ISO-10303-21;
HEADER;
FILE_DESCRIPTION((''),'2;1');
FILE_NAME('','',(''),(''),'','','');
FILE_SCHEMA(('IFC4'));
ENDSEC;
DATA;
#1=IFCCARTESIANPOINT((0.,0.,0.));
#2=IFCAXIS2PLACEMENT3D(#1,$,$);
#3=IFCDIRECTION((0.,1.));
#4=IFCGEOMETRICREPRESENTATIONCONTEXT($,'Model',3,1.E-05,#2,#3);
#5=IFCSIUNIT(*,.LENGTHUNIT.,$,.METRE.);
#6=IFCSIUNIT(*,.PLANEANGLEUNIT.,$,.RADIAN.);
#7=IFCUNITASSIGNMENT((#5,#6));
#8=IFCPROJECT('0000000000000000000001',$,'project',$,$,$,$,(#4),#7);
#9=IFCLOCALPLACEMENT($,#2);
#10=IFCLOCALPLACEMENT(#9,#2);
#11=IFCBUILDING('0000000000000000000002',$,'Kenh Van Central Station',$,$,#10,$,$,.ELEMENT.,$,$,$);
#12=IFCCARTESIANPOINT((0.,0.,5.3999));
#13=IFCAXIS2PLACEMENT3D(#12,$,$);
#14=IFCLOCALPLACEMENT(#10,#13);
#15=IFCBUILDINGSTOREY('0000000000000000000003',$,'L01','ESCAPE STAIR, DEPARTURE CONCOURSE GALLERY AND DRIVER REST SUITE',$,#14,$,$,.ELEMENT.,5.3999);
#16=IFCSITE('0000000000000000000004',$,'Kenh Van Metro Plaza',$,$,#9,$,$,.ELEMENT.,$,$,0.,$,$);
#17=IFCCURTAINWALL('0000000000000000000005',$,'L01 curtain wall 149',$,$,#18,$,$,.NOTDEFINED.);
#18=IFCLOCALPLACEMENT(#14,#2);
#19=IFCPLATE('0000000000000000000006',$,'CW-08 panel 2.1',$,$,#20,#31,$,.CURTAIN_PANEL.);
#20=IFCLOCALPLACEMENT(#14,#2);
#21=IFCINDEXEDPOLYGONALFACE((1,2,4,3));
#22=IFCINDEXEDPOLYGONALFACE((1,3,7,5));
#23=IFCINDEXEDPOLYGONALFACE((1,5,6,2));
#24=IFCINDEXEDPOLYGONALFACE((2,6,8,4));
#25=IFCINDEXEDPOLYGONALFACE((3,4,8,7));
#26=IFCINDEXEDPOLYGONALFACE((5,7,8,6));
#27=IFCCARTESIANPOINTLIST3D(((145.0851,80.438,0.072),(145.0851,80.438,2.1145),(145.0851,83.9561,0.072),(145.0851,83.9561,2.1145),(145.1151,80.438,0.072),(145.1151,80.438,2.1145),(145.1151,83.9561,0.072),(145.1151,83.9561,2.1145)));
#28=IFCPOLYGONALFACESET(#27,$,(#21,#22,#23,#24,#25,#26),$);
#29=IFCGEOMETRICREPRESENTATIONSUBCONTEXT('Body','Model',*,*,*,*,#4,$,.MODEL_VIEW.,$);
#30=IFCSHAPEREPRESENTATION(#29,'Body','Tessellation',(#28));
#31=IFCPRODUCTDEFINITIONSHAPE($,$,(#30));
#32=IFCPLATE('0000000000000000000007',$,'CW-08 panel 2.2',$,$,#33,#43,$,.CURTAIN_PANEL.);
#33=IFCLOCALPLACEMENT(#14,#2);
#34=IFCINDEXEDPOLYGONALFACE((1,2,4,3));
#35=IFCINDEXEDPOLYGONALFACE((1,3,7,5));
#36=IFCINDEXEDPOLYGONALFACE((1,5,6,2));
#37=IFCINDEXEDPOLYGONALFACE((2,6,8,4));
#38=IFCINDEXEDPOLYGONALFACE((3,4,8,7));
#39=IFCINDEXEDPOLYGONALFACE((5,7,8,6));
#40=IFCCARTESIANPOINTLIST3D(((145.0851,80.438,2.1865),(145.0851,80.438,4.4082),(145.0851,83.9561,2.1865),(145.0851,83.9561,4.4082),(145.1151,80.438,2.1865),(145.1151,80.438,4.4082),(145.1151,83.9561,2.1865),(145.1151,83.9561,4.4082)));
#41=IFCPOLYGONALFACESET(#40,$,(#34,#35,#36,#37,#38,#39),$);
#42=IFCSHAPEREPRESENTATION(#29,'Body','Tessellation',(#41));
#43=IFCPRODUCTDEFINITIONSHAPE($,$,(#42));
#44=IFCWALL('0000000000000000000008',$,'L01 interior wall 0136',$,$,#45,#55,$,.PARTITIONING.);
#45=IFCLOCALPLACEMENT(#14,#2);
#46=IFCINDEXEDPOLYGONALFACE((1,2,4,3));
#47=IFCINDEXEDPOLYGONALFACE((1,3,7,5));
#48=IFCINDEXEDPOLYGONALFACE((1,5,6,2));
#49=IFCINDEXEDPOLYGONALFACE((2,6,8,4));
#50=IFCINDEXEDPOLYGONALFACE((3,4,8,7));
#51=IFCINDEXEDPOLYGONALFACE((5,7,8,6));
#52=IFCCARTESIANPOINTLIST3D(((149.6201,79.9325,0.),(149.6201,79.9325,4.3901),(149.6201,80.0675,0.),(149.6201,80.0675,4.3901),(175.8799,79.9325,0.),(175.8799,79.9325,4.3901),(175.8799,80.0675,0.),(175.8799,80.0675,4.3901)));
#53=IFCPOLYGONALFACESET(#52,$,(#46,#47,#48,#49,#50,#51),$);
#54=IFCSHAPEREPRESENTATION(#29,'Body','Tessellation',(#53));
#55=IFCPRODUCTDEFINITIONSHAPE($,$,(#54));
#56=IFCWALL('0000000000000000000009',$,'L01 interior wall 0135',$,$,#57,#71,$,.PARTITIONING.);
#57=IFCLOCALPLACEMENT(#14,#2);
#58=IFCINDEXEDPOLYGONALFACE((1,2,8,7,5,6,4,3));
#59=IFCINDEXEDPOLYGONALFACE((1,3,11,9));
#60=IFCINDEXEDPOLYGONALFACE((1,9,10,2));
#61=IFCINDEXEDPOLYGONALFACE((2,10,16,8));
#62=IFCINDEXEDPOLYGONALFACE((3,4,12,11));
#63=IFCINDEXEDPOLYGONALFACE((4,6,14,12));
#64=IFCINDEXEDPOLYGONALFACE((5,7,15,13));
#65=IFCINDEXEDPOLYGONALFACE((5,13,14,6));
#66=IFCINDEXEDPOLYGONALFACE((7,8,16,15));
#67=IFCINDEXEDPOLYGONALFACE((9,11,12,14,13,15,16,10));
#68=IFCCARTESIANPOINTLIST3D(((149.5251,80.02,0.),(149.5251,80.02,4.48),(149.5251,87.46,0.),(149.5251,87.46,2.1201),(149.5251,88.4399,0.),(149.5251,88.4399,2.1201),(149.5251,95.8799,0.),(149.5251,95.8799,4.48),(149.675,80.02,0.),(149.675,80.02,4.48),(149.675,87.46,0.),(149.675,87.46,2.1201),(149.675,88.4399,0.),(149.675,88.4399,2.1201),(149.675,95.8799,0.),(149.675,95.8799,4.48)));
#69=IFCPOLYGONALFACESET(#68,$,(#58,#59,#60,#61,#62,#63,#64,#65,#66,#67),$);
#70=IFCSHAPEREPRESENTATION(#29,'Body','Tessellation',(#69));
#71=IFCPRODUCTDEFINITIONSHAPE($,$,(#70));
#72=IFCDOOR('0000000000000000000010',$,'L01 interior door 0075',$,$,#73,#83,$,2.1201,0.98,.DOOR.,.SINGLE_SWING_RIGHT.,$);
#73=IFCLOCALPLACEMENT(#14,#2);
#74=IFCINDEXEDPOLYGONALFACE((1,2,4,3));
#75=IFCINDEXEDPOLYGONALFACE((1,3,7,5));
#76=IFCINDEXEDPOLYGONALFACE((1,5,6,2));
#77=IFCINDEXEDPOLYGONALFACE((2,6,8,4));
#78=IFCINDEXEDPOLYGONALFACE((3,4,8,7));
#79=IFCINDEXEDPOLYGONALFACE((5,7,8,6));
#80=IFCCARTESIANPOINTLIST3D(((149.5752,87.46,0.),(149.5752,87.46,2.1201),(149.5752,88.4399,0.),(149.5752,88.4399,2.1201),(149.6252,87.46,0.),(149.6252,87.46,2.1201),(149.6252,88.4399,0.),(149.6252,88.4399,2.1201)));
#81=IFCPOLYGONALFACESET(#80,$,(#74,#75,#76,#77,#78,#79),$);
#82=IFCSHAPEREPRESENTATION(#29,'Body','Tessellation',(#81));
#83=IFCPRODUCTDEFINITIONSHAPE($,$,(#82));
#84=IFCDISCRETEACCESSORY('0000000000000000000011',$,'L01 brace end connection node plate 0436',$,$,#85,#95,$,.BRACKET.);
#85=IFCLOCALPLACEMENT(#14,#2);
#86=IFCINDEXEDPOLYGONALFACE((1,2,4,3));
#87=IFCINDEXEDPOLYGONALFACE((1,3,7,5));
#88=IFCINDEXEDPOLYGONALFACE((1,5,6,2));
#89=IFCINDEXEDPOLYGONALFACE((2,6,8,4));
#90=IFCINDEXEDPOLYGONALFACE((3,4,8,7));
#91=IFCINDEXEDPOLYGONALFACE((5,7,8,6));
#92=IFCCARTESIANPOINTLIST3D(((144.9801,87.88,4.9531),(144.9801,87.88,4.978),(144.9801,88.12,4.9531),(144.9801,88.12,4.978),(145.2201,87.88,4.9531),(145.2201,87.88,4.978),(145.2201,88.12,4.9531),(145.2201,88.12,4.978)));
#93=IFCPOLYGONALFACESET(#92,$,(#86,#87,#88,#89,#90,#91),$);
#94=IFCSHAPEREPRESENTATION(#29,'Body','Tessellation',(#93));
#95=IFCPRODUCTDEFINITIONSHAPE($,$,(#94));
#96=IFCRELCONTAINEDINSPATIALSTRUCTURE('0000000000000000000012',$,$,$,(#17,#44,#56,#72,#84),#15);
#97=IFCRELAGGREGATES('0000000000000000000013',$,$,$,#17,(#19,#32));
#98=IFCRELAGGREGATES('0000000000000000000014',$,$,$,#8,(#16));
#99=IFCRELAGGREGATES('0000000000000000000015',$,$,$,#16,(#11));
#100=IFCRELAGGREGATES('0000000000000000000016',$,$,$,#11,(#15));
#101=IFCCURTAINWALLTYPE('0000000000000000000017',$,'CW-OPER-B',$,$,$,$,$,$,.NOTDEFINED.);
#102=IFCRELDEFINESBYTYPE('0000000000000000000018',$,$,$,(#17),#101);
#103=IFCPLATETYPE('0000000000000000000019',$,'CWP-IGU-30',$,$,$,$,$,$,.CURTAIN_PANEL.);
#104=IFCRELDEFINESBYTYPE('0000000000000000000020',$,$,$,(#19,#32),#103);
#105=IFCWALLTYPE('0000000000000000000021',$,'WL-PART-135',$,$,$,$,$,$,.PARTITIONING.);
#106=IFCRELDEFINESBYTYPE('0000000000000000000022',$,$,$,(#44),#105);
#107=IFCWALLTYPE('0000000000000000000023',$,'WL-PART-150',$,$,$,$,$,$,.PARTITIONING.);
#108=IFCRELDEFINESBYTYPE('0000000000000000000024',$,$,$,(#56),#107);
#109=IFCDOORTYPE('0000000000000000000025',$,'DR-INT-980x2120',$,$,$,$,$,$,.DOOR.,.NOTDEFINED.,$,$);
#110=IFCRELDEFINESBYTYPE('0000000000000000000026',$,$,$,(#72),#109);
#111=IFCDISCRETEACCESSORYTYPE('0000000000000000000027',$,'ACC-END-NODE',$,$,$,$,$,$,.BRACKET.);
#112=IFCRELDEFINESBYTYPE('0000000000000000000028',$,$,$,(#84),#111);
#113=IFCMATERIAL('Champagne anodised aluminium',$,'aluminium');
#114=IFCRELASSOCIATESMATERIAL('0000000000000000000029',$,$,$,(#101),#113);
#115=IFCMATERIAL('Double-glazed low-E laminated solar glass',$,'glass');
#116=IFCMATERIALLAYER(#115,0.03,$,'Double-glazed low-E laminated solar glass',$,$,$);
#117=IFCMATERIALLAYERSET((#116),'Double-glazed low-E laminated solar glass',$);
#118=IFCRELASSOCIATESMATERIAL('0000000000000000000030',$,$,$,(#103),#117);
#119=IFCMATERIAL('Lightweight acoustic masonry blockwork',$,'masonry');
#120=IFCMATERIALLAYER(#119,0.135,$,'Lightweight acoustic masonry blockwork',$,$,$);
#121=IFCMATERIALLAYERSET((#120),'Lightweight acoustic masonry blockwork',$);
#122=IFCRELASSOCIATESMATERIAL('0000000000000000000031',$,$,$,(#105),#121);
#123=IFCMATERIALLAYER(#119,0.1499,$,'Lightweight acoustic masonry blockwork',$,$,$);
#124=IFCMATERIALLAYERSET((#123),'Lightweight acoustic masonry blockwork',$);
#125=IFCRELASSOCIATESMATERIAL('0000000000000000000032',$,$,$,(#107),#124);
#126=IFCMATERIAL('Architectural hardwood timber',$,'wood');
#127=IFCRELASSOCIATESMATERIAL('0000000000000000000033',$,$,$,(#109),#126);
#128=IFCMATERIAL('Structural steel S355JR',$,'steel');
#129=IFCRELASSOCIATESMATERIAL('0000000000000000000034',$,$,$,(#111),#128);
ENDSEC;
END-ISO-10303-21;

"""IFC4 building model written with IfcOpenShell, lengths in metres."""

from ifc_helpers import new_model, si_unit, direction, frame, frame_2d, origin, origin_2d, place, context, subcontext, project, spatial, rectangle, extrude, material, layer, layer_set, type_object, element, fill, aggregate, save


model = new_model("IFC4")

# Units and contexts
model_context = context("Model", 3, precision=1e-05, world=origin(), true_north=direction((0.0, 1.0)))
body_context = subcontext(model_context, "Body", "Model", "MODEL_VIEW")
ifc_project = project(units=[si_unit("LENGTHUNIT", "METRE"), si_unit("PLANEANGLEUNIT", "RADIAN")], contexts=[model_context])

# Site, building, storey
site_placement = place(None, origin())
site = spatial("IfcSite", under=ifc_project, at=site_placement, Name="Kenh Van Metro Plaza", CompositionType="ELEMENT", RefElevation=0.0)
building_placement = place(site_placement, origin())
building = spatial("IfcBuilding", under=site, at=building_placement, Name="Kenh Van Central Station", CompositionType="ELEMENT")
storey_placement = place(building_placement, frame((0.0, 0.0, 5.3999)))
storey = spatial("IfcBuildingStorey", under=building, at=storey_placement, Name="L01", Description="ESCAPE STAIR, DEPARTURE CONCOURSE GALLERY AND DRIVER REST SUITE", CompositionType="ELEMENT", Elevation=5.3999)

# Shared definitions
ifc_material_1 = material(Name="Champagne anodised aluminium", Category="aluminium")
curtain_wall_type = type_object("IfcCurtainWallType", Name="CW-OPER-B", PredefinedType="NOTDEFINED", material=ifc_material_1)

# Curtain wall
curtain_wall_1_placement = place(storey_placement, origin())
curtain_wall_1 = element("IfcCurtainWall", 1, at=curtain_wall_1_placement, inside=storey, type_object=curtain_wall_type, Name="L01 curtain wall 149", PredefinedType="NOTDEFINED")

# Plates
ifc_material_2 = material(Name="Double-glazed low-E laminated solar glass", Category="glass")
ifc_layer_1 = layer(ifc_material_2, 0.03, Name="Double-glazed low-E laminated solar glass")
ifc_layer_set_1 = layer_set([ifc_layer_1], Name="Double-glazed low-E laminated solar glass")
plate_type = type_object("IfcPlateType", Name="CWP-IGU-30", PredefinedType="CURTAIN_PANEL", material=ifc_layer_set_1)
plate_1_placement = place(storey_placement, frame((145.1001, 82.197, 0.072), z_axis=(0.0, 0.0, 1.0), x_axis=(0.0, -1.0, 0.0)))
plate_1 = element("IfcPlate", 2, at=plate_1_placement, type_object=plate_type, Name="CW-08 panel 2.1", PredefinedType="CURTAIN_PANEL", context=body_context, shape_type="SweptSolid", body=[
    extrude(rectangle(XDim=3.5181, YDim=0.03, at=origin_2d()), origin(), (0.0, 0.0, 1.0), 2.0425),
])
plate_2_placement = place(storey_placement, frame((145.1001, 82.197, 2.1865), z_axis=(0.0, 0.0, 1.0), x_axis=(0.0, -1.0, 0.0)))
plate_2 = element("IfcPlate", 3, at=plate_2_placement, type_object=plate_type, Name="CW-08 panel 2.2", PredefinedType="CURTAIN_PANEL", context=body_context, shape_type="SweptSolid", body=[
    extrude(rectangle(XDim=3.5181, YDim=0.03, at=origin_2d()), origin(), (0.0, 0.0, 1.0), 2.2217),
])
aggregate(curtain_wall_1, [plate_1, plate_2])

# Wall
ifc_material_3 = material(Name="Lightweight acoustic masonry blockwork", Category="masonry")
ifc_layer_2 = layer(ifc_material_3, 0.135, Name="Lightweight acoustic masonry blockwork")
ifc_layer_set_2 = layer_set([ifc_layer_2], Name="Lightweight acoustic masonry blockwork")
wall_type_1 = type_object("IfcWallType", Name="WL-PART-135", PredefinedType="PARTITIONING", material=ifc_layer_set_2)
wall_1_placement = place(storey_placement, frame((149.6201, 80.0, 0.0), z_axis=(0.0, 0.0, 1.0), x_axis=(1.0, 0.0, 0.0)))
element("IfcWall", 4, at=wall_1_placement, inside=storey, type_object=wall_type_1, Name="L01 interior wall 0136", PredefinedType="PARTITIONING", context=body_context, shape_type="SweptSolid", body=[
    extrude(rectangle(XDim=26.2598, YDim=0.135, at=frame_2d((13.1299, 0.0))), origin(), (0.0, 0.0, 1.0), 4.3901),
])

# Wall, opening, door
ifc_layer_3 = layer(ifc_material_3, 0.1499, Name="Lightweight acoustic masonry blockwork")
ifc_layer_set_3 = layer_set([ifc_layer_3], Name="Lightweight acoustic masonry blockwork")
wall_type_2 = type_object("IfcWallType", Name="WL-PART-150", PredefinedType="PARTITIONING", material=ifc_layer_set_3)
wall_2_placement = place(storey_placement, frame((149.6001, 80.02, 0.0), z_axis=(0.0, 0.0, 1.0), x_axis=(0.0, 1.0, 0.0)))
wall_2 = element("IfcWall", 5, at=wall_2_placement, inside=storey, type_object=wall_type_2, Name="L01 interior wall 0135", PredefinedType="PARTITIONING", context=body_context, shape_type="SweptSolid", body=[
    extrude(rectangle(XDim=15.8599, YDim=0.1499, at=frame_2d((7.9299, 0.0))), origin(), (0.0, 0.0, 1.0), 4.48),
])
opening_placement = place(wall_2_placement, frame((7.4399, 0.0, 0.0)))
opening = element("IfcOpeningElement", 6, at=opening_placement, cuts=wall_2, PredefinedType="OPENING", context=body_context, shape_type="SweptSolid", body=[
    extrude(rectangle(XDim=0.98, YDim=2.1201, at=frame_2d((0.49, 1.0601))), frame((0.0, 0.085, 0.0), z_axis=(0.0, -1.0, 0.0), x_axis=(1.0, 0.0, 0.0)), (0.0, 0.0, 1.0), 0.1699),
])
ifc_material_4 = material(Name="Architectural hardwood timber", Category="wood")
door_type = type_object("IfcDoorType", Name="DR-INT-980x2120", OperationType="NOTDEFINED", PredefinedType="DOOR", material=ifc_material_4)
door_placement = place(opening_placement, origin())
door = element("IfcDoor", 7, at=door_placement, inside=storey, type_object=door_type, Name="L01 interior door 0075", OperationType="SINGLE_SWING_RIGHT", OverallHeight=2.1201, OverallWidth=0.98, PredefinedType="DOOR", context=body_context, shape_type="SweptSolid", body=[
    extrude(rectangle(XDim=0.98, YDim=2.1201, at=frame_2d((0.49, 1.0601))), frame((0.0, 0.0249, 0.0), z_axis=(0.0, -1.0, 0.0), x_axis=(1.0, 0.0, 0.0)), (0.0, 0.0, 1.0), 0.05),
])
fill(opening, door)

# Discrete accessory
ifc_material_5 = material(Name="Structural steel S355JR", Category="steel")
discrete_accessory_type = type_object("IfcDiscreteAccessoryType", Name="ACC-END-NODE", PredefinedType="BRACKET", material=ifc_material_5)
discrete_accessory_placement = place(storey_placement, frame((145.1001, 88.0, 4.9531), z_axis=(0.0, 0.0, 1.0), x_axis=(1.0, 0.0, 0.0)))
element("IfcDiscreteAccessory", 8, at=discrete_accessory_placement, inside=storey, type_object=discrete_accessory_type, Name="L01 brace end connection node plate 0436", PredefinedType="BRACKET", context=body_context, shape_type="SweptSolid", body=[
    extrude(rectangle(XDim=0.24, YDim=0.24, at=origin_2d()), origin(), (0.0, 0.0, 1.0), 0.0249),
])

save(model, "model.ifc")
